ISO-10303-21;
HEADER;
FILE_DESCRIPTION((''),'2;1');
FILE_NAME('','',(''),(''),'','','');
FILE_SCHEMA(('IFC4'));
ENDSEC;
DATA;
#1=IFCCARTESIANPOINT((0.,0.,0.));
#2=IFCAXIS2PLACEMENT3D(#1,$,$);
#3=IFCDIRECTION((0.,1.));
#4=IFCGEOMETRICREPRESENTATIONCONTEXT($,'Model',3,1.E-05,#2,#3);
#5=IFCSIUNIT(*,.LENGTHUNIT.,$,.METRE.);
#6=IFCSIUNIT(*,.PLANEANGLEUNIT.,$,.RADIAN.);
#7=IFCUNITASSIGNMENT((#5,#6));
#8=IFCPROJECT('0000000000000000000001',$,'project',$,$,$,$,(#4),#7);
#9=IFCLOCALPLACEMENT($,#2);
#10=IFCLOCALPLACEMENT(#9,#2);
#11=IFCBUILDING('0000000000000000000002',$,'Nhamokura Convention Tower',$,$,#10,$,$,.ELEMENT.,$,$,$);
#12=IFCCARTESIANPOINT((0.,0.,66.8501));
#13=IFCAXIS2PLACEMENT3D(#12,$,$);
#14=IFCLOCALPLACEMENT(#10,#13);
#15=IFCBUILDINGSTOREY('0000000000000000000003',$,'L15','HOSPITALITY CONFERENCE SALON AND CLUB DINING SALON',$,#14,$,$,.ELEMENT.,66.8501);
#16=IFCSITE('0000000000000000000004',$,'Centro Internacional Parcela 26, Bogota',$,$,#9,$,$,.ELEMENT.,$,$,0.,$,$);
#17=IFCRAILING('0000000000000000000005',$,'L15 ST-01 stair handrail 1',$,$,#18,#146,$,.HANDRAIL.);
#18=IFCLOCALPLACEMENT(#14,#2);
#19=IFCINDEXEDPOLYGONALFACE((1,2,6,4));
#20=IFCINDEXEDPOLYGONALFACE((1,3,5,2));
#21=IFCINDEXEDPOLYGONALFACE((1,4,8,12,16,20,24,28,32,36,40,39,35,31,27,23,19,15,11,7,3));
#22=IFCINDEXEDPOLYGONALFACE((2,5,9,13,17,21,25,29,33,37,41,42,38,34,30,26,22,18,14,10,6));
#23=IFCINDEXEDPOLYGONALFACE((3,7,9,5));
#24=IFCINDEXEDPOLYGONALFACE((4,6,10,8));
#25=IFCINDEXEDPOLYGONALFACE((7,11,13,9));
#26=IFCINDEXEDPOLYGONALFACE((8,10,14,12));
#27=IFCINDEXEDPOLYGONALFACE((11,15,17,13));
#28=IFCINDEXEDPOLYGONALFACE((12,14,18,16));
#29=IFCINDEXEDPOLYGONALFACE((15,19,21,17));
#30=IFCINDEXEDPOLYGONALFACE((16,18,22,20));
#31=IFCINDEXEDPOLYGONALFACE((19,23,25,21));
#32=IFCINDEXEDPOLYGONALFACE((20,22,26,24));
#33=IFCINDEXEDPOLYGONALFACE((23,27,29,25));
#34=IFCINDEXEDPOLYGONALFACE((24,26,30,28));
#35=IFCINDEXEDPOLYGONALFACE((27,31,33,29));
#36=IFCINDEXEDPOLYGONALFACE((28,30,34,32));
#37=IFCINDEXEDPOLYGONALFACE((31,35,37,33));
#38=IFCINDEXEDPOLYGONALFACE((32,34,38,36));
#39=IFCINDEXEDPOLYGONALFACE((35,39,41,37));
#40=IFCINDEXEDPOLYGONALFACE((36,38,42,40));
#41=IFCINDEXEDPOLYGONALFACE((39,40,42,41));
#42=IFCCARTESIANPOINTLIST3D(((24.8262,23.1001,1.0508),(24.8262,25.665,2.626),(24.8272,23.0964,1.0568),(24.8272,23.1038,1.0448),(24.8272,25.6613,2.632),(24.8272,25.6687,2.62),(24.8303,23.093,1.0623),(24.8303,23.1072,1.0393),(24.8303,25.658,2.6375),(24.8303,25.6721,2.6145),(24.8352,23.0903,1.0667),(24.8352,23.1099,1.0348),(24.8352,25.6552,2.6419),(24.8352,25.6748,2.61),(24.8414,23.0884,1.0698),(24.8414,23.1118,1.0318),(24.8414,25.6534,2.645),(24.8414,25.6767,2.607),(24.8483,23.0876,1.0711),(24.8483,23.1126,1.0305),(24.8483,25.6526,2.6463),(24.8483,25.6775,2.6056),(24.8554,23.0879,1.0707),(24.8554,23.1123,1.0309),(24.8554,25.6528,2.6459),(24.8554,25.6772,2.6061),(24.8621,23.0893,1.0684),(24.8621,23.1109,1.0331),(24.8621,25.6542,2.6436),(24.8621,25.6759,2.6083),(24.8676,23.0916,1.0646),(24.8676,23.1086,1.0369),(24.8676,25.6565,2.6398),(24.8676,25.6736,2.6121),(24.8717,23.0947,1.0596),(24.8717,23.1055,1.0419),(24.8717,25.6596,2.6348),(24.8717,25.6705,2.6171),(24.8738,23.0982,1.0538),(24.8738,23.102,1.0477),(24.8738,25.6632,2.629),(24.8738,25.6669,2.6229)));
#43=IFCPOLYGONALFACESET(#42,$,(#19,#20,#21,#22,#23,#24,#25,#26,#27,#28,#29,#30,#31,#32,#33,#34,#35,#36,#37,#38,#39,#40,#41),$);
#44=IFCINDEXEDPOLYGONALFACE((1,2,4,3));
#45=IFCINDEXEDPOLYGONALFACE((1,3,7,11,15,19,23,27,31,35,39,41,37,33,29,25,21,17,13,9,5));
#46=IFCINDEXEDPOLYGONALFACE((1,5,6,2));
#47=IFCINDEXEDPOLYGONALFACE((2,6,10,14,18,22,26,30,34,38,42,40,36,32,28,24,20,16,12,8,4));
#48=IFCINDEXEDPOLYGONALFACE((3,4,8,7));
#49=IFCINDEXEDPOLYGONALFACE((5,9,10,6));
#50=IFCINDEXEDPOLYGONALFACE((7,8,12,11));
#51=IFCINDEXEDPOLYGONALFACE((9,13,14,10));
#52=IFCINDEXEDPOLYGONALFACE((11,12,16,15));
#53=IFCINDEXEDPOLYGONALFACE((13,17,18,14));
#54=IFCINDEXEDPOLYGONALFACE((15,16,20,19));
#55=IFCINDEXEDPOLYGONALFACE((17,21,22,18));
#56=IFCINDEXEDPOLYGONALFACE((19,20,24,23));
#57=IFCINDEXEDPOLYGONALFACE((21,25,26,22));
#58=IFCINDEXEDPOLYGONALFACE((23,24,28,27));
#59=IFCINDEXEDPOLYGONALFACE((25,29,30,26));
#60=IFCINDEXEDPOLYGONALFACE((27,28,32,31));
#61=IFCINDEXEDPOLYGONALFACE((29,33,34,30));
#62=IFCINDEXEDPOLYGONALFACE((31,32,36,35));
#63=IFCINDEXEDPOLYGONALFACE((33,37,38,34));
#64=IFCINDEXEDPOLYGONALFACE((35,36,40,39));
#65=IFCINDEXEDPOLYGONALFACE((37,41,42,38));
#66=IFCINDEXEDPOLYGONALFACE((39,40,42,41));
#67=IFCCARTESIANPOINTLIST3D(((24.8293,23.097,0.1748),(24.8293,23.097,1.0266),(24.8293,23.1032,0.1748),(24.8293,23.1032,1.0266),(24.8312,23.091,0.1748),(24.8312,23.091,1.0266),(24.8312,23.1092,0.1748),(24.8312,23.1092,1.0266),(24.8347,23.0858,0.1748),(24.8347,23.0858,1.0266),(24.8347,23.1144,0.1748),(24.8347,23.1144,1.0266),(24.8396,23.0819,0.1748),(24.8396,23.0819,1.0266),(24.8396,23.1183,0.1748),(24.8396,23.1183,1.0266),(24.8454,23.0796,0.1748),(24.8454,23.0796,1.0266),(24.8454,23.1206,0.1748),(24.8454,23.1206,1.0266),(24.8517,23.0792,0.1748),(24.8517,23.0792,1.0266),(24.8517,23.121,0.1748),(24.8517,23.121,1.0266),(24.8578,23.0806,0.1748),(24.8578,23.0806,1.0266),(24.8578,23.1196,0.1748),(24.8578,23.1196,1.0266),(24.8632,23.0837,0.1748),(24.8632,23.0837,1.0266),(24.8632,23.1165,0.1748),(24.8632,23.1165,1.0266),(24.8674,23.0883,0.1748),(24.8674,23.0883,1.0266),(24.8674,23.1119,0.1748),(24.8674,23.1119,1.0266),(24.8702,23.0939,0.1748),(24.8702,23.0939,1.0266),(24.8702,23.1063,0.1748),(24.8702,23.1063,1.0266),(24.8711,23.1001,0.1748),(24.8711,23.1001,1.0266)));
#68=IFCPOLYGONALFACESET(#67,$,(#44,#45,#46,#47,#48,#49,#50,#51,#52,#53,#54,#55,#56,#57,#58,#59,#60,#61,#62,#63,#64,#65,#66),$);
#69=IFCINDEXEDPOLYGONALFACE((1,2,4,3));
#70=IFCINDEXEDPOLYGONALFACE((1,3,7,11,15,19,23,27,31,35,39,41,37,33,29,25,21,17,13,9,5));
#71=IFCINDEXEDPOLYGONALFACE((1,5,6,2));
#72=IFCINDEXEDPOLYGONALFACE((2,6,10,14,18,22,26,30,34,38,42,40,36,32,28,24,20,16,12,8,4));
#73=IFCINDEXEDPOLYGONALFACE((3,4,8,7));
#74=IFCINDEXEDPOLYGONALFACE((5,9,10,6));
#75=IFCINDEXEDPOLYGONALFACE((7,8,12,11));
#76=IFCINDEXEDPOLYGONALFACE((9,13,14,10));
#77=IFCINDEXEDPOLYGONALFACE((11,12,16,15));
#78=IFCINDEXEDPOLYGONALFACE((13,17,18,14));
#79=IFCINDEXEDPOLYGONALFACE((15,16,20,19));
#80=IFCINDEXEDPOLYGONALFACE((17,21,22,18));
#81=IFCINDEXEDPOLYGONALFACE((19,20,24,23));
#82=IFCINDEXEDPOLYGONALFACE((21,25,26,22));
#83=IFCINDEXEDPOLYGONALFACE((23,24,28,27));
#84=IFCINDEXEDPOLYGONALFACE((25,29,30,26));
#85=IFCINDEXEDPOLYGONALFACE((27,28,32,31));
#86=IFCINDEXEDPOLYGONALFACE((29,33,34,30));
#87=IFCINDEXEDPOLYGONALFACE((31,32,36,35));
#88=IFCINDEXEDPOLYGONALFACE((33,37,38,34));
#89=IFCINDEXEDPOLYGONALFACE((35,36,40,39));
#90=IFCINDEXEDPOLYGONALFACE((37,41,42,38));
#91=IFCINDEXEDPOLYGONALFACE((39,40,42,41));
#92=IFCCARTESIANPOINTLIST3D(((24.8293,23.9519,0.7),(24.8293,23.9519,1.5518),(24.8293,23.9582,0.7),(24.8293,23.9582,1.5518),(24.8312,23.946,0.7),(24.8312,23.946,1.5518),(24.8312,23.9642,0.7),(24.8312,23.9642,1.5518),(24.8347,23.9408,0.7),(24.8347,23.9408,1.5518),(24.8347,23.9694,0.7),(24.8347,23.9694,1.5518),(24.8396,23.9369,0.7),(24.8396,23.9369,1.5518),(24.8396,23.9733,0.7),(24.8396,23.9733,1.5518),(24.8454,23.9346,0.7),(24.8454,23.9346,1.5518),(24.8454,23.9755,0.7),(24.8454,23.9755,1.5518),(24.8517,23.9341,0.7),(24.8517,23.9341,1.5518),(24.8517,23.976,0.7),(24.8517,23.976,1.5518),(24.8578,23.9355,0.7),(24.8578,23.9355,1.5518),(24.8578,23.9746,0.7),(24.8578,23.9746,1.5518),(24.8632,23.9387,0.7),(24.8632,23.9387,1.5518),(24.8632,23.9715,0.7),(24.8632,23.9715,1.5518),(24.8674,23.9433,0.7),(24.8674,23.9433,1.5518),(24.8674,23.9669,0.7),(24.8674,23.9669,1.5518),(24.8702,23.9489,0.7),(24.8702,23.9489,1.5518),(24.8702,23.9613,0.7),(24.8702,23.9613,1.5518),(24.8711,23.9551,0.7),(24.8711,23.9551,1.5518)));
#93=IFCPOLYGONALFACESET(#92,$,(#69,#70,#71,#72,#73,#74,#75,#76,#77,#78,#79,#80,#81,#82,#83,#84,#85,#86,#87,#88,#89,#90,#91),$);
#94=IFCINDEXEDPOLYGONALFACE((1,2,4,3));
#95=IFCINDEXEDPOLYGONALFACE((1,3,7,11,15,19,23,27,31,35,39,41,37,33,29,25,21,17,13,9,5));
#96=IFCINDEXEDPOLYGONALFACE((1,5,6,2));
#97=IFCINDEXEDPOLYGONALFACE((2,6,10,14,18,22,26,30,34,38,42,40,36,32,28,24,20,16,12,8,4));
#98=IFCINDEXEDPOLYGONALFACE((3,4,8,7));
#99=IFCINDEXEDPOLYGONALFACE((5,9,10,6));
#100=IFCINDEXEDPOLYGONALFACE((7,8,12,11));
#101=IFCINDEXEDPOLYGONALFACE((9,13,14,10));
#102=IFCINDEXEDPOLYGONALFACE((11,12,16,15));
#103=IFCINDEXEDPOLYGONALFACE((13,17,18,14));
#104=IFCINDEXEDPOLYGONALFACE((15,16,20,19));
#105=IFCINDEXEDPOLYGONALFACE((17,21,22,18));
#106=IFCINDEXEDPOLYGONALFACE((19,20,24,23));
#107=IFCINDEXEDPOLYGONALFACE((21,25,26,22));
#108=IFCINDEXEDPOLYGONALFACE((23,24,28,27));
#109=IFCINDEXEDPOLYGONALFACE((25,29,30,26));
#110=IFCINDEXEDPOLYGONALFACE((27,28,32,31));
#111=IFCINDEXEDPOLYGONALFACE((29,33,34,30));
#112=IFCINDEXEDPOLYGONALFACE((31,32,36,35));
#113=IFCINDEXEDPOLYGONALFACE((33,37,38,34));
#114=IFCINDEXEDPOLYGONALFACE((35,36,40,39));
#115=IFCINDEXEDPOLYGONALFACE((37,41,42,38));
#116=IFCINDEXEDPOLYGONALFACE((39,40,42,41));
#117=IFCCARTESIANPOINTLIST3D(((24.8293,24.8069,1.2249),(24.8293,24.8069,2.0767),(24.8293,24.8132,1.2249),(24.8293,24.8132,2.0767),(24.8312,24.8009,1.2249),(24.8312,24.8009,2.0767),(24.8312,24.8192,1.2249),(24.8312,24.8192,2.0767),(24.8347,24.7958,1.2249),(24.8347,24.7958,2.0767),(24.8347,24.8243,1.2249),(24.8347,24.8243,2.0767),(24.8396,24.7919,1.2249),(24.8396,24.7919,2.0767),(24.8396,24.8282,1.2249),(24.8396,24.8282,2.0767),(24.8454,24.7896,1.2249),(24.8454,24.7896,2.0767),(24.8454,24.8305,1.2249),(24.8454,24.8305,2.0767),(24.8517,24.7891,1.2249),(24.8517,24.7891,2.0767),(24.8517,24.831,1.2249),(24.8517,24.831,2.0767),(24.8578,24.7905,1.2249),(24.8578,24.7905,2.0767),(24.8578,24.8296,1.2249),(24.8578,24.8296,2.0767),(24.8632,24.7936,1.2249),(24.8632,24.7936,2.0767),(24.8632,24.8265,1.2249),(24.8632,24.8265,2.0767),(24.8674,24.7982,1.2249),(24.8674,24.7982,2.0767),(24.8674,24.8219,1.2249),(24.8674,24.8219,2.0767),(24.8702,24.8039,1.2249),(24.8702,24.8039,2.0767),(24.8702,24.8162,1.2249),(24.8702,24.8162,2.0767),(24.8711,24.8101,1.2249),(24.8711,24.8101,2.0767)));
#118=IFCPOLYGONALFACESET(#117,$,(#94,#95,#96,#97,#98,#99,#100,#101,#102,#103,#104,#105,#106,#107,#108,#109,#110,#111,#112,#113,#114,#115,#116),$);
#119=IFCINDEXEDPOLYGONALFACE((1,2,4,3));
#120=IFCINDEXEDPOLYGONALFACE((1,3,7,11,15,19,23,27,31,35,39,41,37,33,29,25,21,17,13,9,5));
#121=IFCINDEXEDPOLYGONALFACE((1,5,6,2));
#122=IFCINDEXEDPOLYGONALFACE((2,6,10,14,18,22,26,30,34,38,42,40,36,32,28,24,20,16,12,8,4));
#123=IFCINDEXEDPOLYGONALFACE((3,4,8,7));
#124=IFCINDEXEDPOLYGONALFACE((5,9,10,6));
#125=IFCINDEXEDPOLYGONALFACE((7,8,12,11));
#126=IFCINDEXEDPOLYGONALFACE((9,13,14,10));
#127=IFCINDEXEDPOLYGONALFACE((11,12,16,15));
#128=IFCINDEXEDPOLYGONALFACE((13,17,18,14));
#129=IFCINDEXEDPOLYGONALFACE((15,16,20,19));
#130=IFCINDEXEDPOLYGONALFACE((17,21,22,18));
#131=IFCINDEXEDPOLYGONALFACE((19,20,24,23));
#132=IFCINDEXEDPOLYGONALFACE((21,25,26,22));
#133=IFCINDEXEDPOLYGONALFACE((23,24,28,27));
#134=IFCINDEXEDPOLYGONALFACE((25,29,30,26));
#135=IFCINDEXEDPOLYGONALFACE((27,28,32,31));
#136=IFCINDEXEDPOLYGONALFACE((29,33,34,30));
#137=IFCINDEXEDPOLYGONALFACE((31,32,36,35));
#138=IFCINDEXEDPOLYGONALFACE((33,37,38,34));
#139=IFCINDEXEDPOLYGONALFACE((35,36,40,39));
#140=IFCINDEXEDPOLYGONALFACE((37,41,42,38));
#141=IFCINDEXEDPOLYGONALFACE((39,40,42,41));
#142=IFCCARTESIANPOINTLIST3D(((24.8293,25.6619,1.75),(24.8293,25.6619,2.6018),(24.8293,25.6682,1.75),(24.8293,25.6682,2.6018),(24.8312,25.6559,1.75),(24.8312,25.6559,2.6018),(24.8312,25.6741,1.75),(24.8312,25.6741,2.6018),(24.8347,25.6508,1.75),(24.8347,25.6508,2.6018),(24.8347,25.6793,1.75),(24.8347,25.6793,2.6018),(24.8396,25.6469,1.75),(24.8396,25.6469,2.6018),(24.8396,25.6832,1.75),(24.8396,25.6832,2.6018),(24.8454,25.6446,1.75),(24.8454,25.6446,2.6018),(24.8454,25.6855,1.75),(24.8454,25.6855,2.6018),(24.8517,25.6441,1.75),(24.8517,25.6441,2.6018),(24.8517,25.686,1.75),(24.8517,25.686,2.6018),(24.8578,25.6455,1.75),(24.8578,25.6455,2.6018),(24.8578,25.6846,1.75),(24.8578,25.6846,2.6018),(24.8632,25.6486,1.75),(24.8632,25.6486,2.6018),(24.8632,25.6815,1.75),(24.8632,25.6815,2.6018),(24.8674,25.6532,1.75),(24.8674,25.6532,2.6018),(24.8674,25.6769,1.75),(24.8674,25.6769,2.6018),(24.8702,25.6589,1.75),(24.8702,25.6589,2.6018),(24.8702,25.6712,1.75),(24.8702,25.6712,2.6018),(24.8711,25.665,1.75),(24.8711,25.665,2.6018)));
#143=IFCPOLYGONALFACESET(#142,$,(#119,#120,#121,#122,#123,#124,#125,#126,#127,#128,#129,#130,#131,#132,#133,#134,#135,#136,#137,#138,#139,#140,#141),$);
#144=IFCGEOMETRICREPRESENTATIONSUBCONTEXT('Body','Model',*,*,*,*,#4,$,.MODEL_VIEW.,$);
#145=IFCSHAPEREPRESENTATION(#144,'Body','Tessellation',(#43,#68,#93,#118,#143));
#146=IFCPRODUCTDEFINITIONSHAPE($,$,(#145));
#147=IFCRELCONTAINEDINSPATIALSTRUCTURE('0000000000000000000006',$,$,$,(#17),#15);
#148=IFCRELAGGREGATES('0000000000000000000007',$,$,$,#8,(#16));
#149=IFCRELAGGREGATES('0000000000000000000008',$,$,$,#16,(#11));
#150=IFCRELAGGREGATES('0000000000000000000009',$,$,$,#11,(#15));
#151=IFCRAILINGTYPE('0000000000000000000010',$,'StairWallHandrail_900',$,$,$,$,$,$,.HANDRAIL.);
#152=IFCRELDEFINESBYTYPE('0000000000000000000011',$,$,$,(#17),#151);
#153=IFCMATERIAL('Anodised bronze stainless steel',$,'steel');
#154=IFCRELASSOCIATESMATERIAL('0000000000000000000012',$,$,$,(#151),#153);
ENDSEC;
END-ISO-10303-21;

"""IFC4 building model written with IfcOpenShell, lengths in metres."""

from ifc_helpers import new_model, si_unit, direction, frame, origin, origin_2d, place, context, subcontext, project, spatial, circle, extrude, material, type_object, element, save


model = new_model("IFC4")

# Units and contexts
model_context = context("Model", 3, precision=1e-05, world=origin(), true_north=direction((0.0, 1.0)))
body_context = subcontext(model_context, "Body", "Model", "MODEL_VIEW")
ifc_project = project(units=[si_unit("LENGTHUNIT", "METRE"), si_unit("PLANEANGLEUNIT", "RADIAN")], contexts=[model_context])

# Site, building, storey
site_placement = place(None, origin())
site = spatial("IfcSite", under=ifc_project, at=site_placement, Name="Centro Internacional Parcela 26, Bogota", CompositionType="ELEMENT", RefElevation=0.0)
building_placement = place(site_placement, origin())
building = spatial("IfcBuilding", under=site, at=building_placement, Name="Nhamokura Convention Tower", CompositionType="ELEMENT")
storey_placement = place(building_placement, frame((0.0, 0.0, 66.8501)))
storey = spatial("IfcBuildingStorey", under=building, at=storey_placement, Name="L15", Description="HOSPITALITY CONFERENCE SALON AND CLUB DINING SALON", CompositionType="ELEMENT", Elevation=66.8501)

# Railing
ifc_material_1 = material(Name="Anodised bronze stainless steel", Category="steel")
railing_type_1 = type_object("IfcRailingType", Name="StairWallHandrail_900", PredefinedType="HANDRAIL", material=ifc_material_1)
railing_1_placement = place(storey_placement, frame((24.8501, 23.1001, 0.1748)))
element("IfcRailing", 1, at=railing_1_placement, inside=storey, type_object=railing_type_1, Name="L15 ST-01 stair handrail 1", PredefinedType="HANDRAIL", context=body_context, shape_type="SweptSolid", body=[
    extrude(circle(Radius=0.0239, at=origin_2d()), frame((0.0, 0.0, 0.876), z_axis=(0.0, 0.852137, 0.523319), x_axis=(-1.0, 0.0, 0.0)), (0.0, 0.0, 1.0), 3.01),
    extrude(circle(Radius=0.021, at=origin_2d()), origin(), (0.0, 0.0, 1.0), 0.8518),
    extrude(circle(Radius=0.021, at=origin_2d()), frame((0.0, 0.855, 0.5251)), (0.0, 0.0, 1.0), 0.8518),
    extrude(circle(Radius=0.021, at=origin_2d()), frame((0.0, 1.71, 1.05)), (0.0, 0.0, 1.0), 0.8518),
    extrude(circle(Radius=0.021, at=origin_2d()), frame((0.0, 2.5649, 1.5752)), (0.0, 0.0, 1.0), 0.8518),
])

save(model, "model.ifc")
